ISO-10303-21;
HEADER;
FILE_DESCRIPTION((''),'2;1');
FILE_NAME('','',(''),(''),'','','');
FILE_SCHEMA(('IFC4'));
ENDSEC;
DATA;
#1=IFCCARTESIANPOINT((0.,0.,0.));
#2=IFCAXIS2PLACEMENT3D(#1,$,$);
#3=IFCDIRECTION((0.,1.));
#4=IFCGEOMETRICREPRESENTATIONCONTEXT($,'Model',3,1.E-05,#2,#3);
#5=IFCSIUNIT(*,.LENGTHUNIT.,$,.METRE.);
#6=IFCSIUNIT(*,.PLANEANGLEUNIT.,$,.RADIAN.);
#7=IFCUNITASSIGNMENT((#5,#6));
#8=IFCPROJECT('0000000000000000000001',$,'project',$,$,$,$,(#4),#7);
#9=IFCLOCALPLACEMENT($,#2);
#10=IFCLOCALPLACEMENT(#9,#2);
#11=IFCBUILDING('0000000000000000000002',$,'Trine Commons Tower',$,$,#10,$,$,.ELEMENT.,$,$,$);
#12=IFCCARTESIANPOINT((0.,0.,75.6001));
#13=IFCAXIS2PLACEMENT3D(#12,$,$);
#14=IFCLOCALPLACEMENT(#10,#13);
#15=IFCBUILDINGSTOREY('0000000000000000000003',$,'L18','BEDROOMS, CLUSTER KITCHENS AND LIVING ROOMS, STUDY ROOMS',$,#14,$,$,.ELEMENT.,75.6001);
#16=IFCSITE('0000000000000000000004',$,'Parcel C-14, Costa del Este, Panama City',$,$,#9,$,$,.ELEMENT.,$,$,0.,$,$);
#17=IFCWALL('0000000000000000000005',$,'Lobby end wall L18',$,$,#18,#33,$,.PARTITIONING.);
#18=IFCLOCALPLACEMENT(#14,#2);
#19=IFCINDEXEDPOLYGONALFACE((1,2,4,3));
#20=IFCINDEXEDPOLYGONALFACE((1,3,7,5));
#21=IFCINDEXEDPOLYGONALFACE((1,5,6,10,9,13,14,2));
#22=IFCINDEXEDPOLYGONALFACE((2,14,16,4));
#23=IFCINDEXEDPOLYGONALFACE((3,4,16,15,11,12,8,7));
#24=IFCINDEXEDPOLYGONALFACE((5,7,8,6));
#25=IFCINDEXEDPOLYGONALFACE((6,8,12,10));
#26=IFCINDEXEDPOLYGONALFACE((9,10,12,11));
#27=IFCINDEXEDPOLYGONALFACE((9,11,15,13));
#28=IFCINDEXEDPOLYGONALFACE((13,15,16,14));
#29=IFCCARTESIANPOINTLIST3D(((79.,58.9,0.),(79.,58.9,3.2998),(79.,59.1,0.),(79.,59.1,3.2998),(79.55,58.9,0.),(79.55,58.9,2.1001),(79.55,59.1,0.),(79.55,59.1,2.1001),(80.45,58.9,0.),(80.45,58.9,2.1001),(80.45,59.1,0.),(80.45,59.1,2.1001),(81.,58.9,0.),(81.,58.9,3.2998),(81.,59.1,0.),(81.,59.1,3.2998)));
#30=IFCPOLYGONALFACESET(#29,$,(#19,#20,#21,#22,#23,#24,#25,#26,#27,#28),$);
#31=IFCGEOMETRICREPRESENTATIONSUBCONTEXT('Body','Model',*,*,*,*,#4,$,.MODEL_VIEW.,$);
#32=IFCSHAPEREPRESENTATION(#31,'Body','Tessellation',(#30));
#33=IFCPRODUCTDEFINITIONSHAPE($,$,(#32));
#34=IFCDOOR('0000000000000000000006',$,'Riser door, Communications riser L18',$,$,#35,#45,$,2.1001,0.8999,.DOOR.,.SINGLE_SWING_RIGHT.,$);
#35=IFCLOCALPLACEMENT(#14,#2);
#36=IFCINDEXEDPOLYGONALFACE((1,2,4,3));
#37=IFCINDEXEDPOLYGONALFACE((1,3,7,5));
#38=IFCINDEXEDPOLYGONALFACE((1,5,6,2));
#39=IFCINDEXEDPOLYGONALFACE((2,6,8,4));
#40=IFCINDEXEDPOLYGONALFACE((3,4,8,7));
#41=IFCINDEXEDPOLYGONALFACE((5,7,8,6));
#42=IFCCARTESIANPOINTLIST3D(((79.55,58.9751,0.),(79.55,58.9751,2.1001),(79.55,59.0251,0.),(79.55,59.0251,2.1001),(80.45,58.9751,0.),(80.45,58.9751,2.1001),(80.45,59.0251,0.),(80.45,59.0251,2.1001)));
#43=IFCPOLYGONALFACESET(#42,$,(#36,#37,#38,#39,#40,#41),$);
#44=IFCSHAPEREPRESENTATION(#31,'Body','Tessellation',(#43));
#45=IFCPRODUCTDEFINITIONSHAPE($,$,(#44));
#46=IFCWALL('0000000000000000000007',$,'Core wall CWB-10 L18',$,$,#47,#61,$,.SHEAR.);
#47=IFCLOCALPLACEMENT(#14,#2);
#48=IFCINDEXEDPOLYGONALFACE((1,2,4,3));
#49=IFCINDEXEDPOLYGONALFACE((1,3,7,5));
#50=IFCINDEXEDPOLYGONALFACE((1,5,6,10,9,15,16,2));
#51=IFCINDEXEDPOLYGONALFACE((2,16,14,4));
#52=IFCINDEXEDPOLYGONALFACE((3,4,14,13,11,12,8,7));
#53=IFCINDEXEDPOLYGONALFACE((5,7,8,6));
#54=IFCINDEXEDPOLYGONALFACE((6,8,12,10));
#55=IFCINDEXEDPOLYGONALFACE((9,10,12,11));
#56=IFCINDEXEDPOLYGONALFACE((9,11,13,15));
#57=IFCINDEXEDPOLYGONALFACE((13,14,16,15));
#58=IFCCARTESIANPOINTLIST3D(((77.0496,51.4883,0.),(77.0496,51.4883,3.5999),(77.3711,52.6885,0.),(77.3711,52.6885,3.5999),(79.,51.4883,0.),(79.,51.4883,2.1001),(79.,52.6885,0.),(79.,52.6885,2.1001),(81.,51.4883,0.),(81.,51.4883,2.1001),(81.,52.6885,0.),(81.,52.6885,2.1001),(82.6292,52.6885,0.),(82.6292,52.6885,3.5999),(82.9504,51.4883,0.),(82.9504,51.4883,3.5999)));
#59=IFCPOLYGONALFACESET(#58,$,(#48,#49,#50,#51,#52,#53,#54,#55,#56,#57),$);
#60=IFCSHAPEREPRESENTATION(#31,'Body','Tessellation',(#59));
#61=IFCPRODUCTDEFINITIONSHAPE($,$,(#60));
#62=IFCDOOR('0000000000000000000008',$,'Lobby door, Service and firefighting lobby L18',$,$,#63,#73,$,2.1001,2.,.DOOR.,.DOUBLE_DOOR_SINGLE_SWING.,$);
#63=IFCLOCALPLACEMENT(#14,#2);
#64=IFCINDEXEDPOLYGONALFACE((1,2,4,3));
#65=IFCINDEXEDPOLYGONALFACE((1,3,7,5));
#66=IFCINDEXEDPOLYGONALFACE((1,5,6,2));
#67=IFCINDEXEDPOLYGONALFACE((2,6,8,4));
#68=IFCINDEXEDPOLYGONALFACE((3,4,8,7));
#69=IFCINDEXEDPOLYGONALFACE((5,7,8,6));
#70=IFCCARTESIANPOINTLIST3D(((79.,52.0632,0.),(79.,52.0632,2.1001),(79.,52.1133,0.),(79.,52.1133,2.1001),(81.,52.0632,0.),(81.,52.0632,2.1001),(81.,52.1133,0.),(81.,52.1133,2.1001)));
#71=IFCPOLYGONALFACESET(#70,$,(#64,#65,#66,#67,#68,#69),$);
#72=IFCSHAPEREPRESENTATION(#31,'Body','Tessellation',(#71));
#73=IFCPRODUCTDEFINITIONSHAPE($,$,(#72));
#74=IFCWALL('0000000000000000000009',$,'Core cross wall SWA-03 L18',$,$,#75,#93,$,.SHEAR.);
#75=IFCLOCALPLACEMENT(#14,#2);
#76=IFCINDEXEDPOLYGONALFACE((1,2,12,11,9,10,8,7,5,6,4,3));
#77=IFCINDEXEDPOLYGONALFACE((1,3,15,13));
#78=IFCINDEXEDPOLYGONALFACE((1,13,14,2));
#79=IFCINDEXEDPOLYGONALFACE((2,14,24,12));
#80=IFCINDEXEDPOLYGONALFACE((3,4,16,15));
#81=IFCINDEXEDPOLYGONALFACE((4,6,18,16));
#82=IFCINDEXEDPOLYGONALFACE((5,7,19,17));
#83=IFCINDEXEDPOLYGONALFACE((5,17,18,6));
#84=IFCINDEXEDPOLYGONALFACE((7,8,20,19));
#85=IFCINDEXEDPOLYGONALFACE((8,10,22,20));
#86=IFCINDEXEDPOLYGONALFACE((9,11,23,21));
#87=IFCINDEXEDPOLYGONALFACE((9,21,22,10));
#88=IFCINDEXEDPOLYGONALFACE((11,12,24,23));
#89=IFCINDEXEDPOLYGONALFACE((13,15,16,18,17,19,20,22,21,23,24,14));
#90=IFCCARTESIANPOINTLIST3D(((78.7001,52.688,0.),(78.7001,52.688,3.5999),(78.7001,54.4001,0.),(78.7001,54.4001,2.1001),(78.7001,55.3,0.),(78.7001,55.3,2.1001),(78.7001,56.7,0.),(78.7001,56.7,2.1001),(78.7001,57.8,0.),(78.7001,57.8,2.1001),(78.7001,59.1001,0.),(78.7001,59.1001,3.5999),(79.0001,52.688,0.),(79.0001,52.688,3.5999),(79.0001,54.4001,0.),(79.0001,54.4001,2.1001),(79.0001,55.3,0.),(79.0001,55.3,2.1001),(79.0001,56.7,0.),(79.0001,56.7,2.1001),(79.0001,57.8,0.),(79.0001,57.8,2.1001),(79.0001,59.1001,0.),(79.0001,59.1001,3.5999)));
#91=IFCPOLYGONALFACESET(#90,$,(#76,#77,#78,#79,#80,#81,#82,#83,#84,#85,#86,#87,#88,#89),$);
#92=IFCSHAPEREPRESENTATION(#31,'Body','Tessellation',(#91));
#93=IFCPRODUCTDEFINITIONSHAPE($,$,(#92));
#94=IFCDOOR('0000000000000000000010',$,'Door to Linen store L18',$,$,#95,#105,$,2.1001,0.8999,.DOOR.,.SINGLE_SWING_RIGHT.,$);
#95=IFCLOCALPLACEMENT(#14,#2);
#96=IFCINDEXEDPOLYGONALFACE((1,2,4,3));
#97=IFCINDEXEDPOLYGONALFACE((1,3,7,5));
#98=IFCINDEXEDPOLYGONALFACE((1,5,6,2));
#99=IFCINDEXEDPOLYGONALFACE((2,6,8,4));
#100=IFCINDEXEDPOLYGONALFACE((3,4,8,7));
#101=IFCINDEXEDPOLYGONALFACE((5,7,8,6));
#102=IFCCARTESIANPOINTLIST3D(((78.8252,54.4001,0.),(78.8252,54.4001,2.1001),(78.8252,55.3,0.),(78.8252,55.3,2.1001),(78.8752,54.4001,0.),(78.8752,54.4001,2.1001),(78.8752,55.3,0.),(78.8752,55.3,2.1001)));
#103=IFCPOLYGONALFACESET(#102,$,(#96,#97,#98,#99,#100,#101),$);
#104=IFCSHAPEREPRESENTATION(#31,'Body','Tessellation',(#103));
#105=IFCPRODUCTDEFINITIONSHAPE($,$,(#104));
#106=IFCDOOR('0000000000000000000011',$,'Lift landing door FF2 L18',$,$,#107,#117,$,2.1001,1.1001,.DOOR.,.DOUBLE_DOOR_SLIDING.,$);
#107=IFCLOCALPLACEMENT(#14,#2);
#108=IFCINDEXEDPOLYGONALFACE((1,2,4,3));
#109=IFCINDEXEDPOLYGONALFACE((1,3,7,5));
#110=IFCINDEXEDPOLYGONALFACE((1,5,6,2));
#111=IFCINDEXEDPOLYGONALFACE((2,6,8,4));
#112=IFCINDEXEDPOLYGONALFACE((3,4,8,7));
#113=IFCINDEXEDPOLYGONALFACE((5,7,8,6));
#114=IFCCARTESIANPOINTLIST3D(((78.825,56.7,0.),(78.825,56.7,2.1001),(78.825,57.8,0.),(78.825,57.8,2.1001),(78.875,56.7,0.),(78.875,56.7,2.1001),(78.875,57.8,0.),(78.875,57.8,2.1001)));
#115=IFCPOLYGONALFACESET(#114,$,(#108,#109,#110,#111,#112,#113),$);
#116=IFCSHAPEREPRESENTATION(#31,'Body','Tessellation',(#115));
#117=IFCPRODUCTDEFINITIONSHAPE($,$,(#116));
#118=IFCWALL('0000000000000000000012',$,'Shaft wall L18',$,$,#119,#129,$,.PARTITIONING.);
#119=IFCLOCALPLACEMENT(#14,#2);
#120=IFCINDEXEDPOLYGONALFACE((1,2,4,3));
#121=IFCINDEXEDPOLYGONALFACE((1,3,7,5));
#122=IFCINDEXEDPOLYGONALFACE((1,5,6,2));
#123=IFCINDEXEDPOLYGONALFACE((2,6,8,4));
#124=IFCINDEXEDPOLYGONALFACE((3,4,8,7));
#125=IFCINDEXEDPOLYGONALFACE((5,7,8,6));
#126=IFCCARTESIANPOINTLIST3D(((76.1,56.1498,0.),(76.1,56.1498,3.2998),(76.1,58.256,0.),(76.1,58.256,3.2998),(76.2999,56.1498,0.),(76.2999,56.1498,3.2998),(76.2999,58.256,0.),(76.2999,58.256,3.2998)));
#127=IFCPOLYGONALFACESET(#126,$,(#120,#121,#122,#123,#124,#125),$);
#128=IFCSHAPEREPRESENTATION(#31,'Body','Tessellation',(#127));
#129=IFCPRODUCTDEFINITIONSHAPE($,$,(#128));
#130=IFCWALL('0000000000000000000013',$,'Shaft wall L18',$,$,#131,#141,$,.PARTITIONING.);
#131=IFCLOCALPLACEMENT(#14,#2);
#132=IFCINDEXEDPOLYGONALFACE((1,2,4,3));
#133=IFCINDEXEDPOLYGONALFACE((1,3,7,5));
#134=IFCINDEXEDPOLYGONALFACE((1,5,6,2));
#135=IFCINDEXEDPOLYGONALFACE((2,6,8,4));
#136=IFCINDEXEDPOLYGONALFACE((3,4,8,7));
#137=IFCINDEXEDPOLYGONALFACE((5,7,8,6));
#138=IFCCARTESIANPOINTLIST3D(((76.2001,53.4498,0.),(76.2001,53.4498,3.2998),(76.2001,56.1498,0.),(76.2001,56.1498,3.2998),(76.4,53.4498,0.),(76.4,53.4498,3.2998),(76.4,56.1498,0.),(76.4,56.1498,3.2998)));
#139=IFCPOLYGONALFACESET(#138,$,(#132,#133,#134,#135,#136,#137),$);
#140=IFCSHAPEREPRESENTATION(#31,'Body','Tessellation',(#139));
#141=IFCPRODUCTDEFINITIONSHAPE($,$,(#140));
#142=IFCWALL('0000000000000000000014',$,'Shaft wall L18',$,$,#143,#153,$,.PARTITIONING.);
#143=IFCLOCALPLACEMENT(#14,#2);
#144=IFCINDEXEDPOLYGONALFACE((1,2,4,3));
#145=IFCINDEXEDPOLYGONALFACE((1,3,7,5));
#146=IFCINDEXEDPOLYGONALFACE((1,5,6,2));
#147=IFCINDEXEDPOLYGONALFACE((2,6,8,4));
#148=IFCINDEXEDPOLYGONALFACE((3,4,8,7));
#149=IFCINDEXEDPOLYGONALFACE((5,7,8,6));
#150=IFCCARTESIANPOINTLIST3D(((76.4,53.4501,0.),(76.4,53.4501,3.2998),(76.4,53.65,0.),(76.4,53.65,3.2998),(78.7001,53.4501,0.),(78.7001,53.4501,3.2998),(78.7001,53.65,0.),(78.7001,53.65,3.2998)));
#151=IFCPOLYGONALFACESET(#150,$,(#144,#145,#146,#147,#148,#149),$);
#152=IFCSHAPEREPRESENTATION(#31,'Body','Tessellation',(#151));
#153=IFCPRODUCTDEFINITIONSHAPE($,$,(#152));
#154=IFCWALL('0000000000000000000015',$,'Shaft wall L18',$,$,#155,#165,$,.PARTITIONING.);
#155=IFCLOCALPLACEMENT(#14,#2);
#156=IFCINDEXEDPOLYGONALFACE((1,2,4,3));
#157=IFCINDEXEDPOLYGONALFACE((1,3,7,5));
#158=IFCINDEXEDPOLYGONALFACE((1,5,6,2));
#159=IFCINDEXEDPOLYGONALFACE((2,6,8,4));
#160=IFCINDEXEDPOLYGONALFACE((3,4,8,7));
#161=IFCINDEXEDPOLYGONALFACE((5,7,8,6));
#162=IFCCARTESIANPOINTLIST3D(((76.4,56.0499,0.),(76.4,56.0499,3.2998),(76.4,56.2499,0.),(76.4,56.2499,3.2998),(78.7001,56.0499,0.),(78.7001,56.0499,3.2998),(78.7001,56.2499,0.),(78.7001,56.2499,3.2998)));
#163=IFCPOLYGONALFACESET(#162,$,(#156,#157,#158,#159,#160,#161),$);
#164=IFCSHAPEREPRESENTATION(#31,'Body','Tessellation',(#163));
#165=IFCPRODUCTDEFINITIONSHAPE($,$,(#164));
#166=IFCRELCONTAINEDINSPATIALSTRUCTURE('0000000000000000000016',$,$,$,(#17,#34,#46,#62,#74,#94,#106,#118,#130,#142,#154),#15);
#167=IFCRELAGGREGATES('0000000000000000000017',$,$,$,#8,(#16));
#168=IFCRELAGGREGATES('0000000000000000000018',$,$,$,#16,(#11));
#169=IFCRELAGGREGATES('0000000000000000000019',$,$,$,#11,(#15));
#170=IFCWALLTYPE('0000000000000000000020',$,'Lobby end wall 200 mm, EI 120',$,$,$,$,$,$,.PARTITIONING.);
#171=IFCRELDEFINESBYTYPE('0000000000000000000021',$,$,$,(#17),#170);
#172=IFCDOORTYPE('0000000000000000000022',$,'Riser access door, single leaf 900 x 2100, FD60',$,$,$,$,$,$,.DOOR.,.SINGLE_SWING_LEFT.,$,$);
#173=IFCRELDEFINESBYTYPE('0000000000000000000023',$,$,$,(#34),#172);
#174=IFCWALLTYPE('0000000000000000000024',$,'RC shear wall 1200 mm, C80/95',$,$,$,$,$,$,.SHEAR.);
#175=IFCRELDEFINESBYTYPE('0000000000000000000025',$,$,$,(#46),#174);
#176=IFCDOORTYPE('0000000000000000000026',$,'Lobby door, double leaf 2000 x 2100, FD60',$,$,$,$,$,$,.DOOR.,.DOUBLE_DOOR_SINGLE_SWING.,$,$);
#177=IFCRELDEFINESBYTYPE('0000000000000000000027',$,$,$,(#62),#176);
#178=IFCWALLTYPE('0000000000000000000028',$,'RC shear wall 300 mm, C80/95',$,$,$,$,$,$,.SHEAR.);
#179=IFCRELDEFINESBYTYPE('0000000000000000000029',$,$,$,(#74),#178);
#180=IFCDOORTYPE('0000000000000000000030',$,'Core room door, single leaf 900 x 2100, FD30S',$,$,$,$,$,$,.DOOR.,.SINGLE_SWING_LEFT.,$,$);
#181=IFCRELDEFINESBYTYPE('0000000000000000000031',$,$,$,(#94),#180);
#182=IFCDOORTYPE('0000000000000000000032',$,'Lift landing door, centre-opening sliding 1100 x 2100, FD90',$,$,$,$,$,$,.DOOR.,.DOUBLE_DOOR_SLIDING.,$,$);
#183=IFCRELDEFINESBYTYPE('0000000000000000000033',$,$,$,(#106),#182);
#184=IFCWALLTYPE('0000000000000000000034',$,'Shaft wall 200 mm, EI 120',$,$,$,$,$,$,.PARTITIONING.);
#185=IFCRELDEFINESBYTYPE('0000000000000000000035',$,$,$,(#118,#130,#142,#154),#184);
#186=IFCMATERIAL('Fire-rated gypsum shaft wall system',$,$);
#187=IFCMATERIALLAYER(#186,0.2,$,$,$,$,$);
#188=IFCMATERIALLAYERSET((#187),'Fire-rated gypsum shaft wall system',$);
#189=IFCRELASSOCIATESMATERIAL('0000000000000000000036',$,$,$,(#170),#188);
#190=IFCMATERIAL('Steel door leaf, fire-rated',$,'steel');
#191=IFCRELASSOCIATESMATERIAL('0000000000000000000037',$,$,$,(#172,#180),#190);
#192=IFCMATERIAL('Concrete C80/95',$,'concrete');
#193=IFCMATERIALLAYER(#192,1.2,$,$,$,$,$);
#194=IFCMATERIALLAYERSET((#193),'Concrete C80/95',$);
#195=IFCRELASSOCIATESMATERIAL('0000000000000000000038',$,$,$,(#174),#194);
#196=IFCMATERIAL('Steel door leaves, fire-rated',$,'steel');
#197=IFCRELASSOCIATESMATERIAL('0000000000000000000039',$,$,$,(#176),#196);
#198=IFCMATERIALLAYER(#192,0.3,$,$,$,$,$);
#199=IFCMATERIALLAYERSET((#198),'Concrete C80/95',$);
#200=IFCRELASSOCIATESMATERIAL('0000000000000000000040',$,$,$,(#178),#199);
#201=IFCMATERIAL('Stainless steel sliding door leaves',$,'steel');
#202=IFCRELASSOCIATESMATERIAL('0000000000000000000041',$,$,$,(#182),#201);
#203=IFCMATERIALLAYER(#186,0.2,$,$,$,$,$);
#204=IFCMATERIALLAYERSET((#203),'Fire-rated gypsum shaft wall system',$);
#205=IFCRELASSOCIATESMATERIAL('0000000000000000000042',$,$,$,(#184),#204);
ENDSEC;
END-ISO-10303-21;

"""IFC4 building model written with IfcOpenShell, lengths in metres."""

from ifc_helpers import new_model, si_unit, direction, frame, frame_2d, origin, place, context, subcontext, project, spatial, polyline, rectangle, outline, extrude, material, layer, layer_set, type_object, element, fill, save


model = new_model("IFC4")

# Units and contexts
model_context = context("Model", 3, precision=1e-05, world=origin(), true_north=direction((0.0, 1.0)))
body_context = subcontext(model_context, "Body", "Model", "MODEL_VIEW")
ifc_project = project(units=[si_unit("LENGTHUNIT", "METRE"), si_unit("PLANEANGLEUNIT", "RADIAN")], contexts=[model_context])

# Site, building, storey
site_placement = place(None, origin())
site = spatial("IfcSite", under=ifc_project, at=site_placement, Name="Parcel C-14, Costa del Este, Panama City", CompositionType="ELEMENT", RefElevation=0.0)
building_placement = place(site_placement, origin())
building = spatial("IfcBuilding", under=site, at=building_placement, Name="Trine Commons Tower", CompositionType="ELEMENT")
storey_placement = place(building_placement, frame((0.0, 0.0, 75.6001)))
storey = spatial("IfcBuildingStorey", under=building, at=storey_placement, Name="L18", Description="BEDROOMS, CLUSTER KITCHENS AND LIVING ROOMS, STUDY ROOMS", CompositionType="ELEMENT", Elevation=75.6001)

# Walls, openings, doors
ifc_material_1 = material(Name="Fire-rated gypsum shaft wall system")
ifc_layer_1 = layer(ifc_material_1, 0.2)
ifc_layer_set_1 = layer_set([ifc_layer_1], Name="Fire-rated gypsum shaft wall system")
wall_type_1 = type_object("IfcWallType", Name="Lobby end wall 200 mm, EI 120", PredefinedType="PARTITIONING", material=ifc_layer_set_1)
wall_1_placement = place(storey_placement, frame((79.0, 59.0, 0.0), z_axis=(0.0, 0.0, 1.0), x_axis=(1.0, 0.0, 0.0)))
wall_1 = element("IfcWall", 1, at=wall_1_placement, inside=storey, type_object=wall_type_1, Name="Lobby end wall L18", PredefinedType="PARTITIONING", context=body_context, shape_type="SweptSolid", body=[
    extrude(rectangle(XDim=2.0, YDim=0.2, at=frame_2d((1.0, 0.0))), origin(), (0.0, 0.0, 1.0), 3.2998),
])
opening_1_placement = place(wall_1_placement, frame((0.55, 0.0, 0.0)))
opening_1 = element("IfcOpeningElement", 2, at=opening_1_placement, cuts=wall_1, PredefinedType="OPENING", context=body_context, shape_type="SweptSolid", body=[
    extrude(rectangle(XDim=0.8999, YDim=2.1001, at=frame_2d((0.45, 1.05))), frame((0.0, 0.1099, 0.0), z_axis=(0.0, -1.0, 0.0), x_axis=(1.0, 0.0, 0.0)), (0.0, 0.0, 1.0), 0.22),
])
ifc_material_2 = material(Name="Steel door leaf, fire-rated", Category="steel")
door_type_1 = type_object("IfcDoorType", Name="Riser access door, single leaf 900 x 2100, FD60", OperationType="SINGLE_SWING_LEFT", PredefinedType="DOOR", material=ifc_material_2)
door_1_placement = place(opening_1_placement, frame((0.8999, 0.0, 0.0), z_axis=(0.0, 0.0, 1.0), x_axis=(-1.0, 0.0, 0.0)))
door_1 = element("IfcDoor", 3, at=door_1_placement, inside=storey, type_object=door_type_1, Name="Riser door, Communications riser L18", OperationType="SINGLE_SWING_RIGHT", OverallHeight=2.1001, OverallWidth=0.8999, PredefinedType="DOOR", context=body_context, shape_type="SweptSolid", body=[
    extrude(rectangle(XDim=0.8999, YDim=2.1001, at=frame_2d((0.45, 1.05))), frame((0.0, 0.0249, 0.0), z_axis=(0.0, -1.0, 0.0), x_axis=(1.0, 0.0, 0.0)), (0.0, 0.0, 1.0), 0.05),
])
fill(opening_1, door_1)
ifc_material_3 = material(Name="Concrete C80/95", Category="concrete")
ifc_layer_2 = layer(ifc_material_3, 1.2)
ifc_layer_set_2 = layer_set([ifc_layer_2], Name="Concrete C80/95")
wall_type_2 = type_object("IfcWallType", Name="RC shear wall 1200 mm, C80/95", PredefinedType="SHEAR", material=ifc_layer_set_2)
wall_2_placement = place(storey_placement, frame((77.0496, 52.0884, 0.0), z_axis=(0.0, 0.0, 1.0), x_axis=(1.0, 0.0, 0.0)))
wall_2 = element("IfcWall", 4, at=wall_2_placement, inside=storey, type_object=wall_type_2, Name="Core wall CWB-10 L18", PredefinedType="SHEAR", context=body_context, shape_type="SweptSolid", body=[
    extrude(outline(polyline([(0.0, -0.6001), (5.9009, -0.6001), (5.5796, 0.6001), (0.3215, 0.6001), (0.0, -0.6001)])), origin(), (0.0, 0.0, 1.0), 3.5999),
])
opening_2_placement = place(wall_2_placement, frame((1.9504, 0.0, 0.0)))
opening_2 = element("IfcOpeningElement", 5, at=opening_2_placement, cuts=wall_2, PredefinedType="OPENING", context=body_context, shape_type="SweptSolid", body=[
    extrude(rectangle(XDim=2.0, YDim=2.1001, at=frame_2d((1.0, 1.05))), frame((0.0, 0.6099, 0.0), z_axis=(0.0, -1.0, 0.0), x_axis=(1.0, 0.0, 0.0)), (0.0, 0.0, 1.0), 1.22),
])
ifc_material_4 = material(Name="Steel door leaves, fire-rated", Category="steel")
door_type_2 = type_object("IfcDoorType", Name="Lobby door, double leaf 2000 x 2100, FD60", OperationType="DOUBLE_DOOR_SINGLE_SWING", PredefinedType="DOOR", material=ifc_material_4)
door_2_placement = place(opening_2_placement, origin())
door_2 = element("IfcDoor", 6, at=door_2_placement, inside=storey, type_object=door_type_2, Name="Lobby door, Service and firefighting lobby L18", OperationType="DOUBLE_DOOR_SINGLE_SWING", OverallHeight=2.1001, OverallWidth=2.0, PredefinedType="DOOR", context=body_context, shape_type="SweptSolid", body=[
    extrude(rectangle(XDim=2.0, YDim=2.1001, at=frame_2d((1.0, 1.05))), frame((0.0, 0.0249, 0.0), z_axis=(0.0, -1.0, 0.0), x_axis=(1.0, 0.0, 0.0)), (0.0, 0.0, 1.0), 0.05),
])
fill(opening_2, door_2)

# Wall, openings, doors
ifc_layer_3 = layer(ifc_material_3, 0.3)
ifc_layer_set_3 = layer_set([ifc_layer_3], Name="Concrete C80/95")
wall_type_3 = type_object("IfcWallType", Name="RC shear wall 300 mm, C80/95", PredefinedType="SHEAR", material=ifc_layer_set_3)
wall_3_placement = place(storey_placement, frame((78.8501, 59.1001, 0.0), z_axis=(0.0, 0.0, 1.0), x_axis=(0.0, -1.0, 0.0)))
wall_3 = element("IfcWall", 7, at=wall_3_placement, inside=storey, type_object=wall_type_3, Name="Core cross wall SWA-03 L18", PredefinedType="SHEAR", context=body_context, shape_type="SweptSolid", body=[
    extrude(rectangle(XDim=6.4121, YDim=0.3, at=frame_2d((3.2061, 0.0))), origin(), (0.0, 0.0, 1.0), 3.5999),
])
opening_3_placement = place(wall_3_placement, frame((3.8, 0.0, 0.0)))
opening_3 = element("IfcOpeningElement", 8, at=opening_3_placement, cuts=wall_3, PredefinedType="OPENING", context=body_context, shape_type="SweptSolid", body=[
    extrude(rectangle(XDim=0.8999, YDim=2.1001, at=frame_2d((0.45, 1.05))), frame((0.0, 0.1599, 0.0), z_axis=(0.0, -1.0, 0.0), x_axis=(1.0, 0.0, 0.0)), (0.0, 0.0, 1.0), 0.3201),
])
opening_4_placement = place(wall_3_placement, frame((1.3, 0.0, 0.0)))
opening_4 = element("IfcOpeningElement", 9, at=opening_4_placement, cuts=wall_3, PredefinedType="OPENING", context=body_context, shape_type="SweptSolid", body=[
    extrude(rectangle(XDim=1.1001, YDim=2.1001, at=frame_2d((0.55, 1.05))), frame((0.0, 0.1599, 0.0), z_axis=(0.0, -1.0, 0.0), x_axis=(1.0, 0.0, 0.0)), (0.0, 0.0, 1.0), 0.3201),
])
door_type_3 = type_object("IfcDoorType", Name="Core room door, single leaf 900 x 2100, FD30S", OperationType="SINGLE_SWING_LEFT", PredefinedType="DOOR", material=ifc_material_2)
door_3_placement = place(opening_3_placement, frame((0.8999, 0.0, 0.0), z_axis=(0.0, 0.0, 1.0), x_axis=(-1.0, 0.0, 0.0)))
door_3 = element("IfcDoor", 10, at=door_3_placement, inside=storey, type_object=door_type_3, Name="Door to Linen store L18", OperationType="SINGLE_SWING_RIGHT", OverallHeight=2.1001, OverallWidth=0.8999, PredefinedType="DOOR", context=body_context, shape_type="SweptSolid", body=[
    extrude(rectangle(XDim=0.8999, YDim=2.1001, at=frame_2d((0.45, 1.05))), frame((0.0, 0.0249, 0.0), z_axis=(0.0, -1.0, 0.0), x_axis=(1.0, 0.0, 0.0)), (0.0, 0.0, 1.0), 0.05),
])
fill(opening_3, door_3)
ifc_material_5 = material(Name="Stainless steel sliding door leaves", Category="steel")
door_type_4 = type_object("IfcDoorType", Name="Lift landing door, centre-opening sliding 1100 x 2100, FD90", OperationType="DOUBLE_DOOR_SLIDING", PredefinedType="DOOR", material=ifc_material_5)
door_4_placement = place(opening_4_placement, origin())
door_4 = element("IfcDoor", 11, at=door_4_placement, inside=storey, type_object=door_type_4, Name="Lift landing door FF2 L18", OperationType="DOUBLE_DOOR_SLIDING", OverallHeight=2.1001, OverallWidth=1.1001, PredefinedType="DOOR", context=body_context, shape_type="SweptSolid", body=[
    extrude(rectangle(XDim=1.1001, YDim=2.1001, at=frame_2d((0.55, 1.05))), frame((0.0, 0.0249, 0.0), z_axis=(0.0, -1.0, 0.0), x_axis=(1.0, 0.0, 0.0)), (0.0, 0.0, 1.0), 0.05),
])
fill(opening_4, door_4)

# Walls
ifc_layer_4 = layer(ifc_material_1, 0.2)
ifc_layer_set_4 = layer_set([ifc_layer_4], Name="Fire-rated gypsum shaft wall system")
wall_type_4 = type_object("IfcWallType", Name="Shaft wall 200 mm, EI 120", PredefinedType="PARTITIONING", material=ifc_layer_set_4)
wall_4_placement = place(storey_placement, frame((76.2, 58.2561, 0.0), z_axis=(0.0, 0.0, 1.0), x_axis=(0.0, -1.0, 0.0)))
element("IfcWall", 12, at=wall_4_placement, inside=storey, type_object=wall_type_4, Name="Shaft wall L18", PredefinedType="PARTITIONING", context=body_context, shape_type="SweptSolid", body=[
    extrude(rectangle(XDim=2.1062, YDim=0.2, at=frame_2d((1.0532, 0.0))), origin(), (0.0, 0.0, 1.0), 3.2998),
])
wall_5_placement = place(storey_placement, frame((76.3, 56.1499, 0.0), z_axis=(0.0, 0.0, 1.0), x_axis=(0.0, -1.0, 0.0)))
element("IfcWall", 13, at=wall_5_placement, inside=storey, type_object=wall_type_4, Name="Shaft wall L18", PredefinedType="PARTITIONING", context=body_context, shape_type="SweptSolid", body=[
    extrude(rectangle(XDim=2.7, YDim=0.2, at=frame_2d((1.3501, 0.0))), origin(), (0.0, 0.0, 1.0), 3.2998),
])
for number, where, z_axis, x_axis, name in (
    (14, (78.7, 53.55, 0.0), (0.0, 0.0, 1.0), (-1.0, 0.0, 0.0), "Shaft wall L18"),
    (15, (78.7, 56.1499, 0.0), (0.0, 0.0, 1.0), (-1.0, 0.0, 0.0), "Shaft wall L18"),
):
    element("IfcWall", number, at=place(storey_placement, frame(where, z_axis=z_axis, x_axis=x_axis)), inside=storey, type_object=wall_type_4, Name=name, PredefinedType="PARTITIONING", context=body_context, shape_type="SweptSolid", body=[
        extrude(rectangle(XDim=2.3, YDim=0.2, at=frame_2d((1.1499, 0.0))), origin(), (0.0, 0.0, 1.0), 3.2998),
    ])

save(model, "model.ifc")
